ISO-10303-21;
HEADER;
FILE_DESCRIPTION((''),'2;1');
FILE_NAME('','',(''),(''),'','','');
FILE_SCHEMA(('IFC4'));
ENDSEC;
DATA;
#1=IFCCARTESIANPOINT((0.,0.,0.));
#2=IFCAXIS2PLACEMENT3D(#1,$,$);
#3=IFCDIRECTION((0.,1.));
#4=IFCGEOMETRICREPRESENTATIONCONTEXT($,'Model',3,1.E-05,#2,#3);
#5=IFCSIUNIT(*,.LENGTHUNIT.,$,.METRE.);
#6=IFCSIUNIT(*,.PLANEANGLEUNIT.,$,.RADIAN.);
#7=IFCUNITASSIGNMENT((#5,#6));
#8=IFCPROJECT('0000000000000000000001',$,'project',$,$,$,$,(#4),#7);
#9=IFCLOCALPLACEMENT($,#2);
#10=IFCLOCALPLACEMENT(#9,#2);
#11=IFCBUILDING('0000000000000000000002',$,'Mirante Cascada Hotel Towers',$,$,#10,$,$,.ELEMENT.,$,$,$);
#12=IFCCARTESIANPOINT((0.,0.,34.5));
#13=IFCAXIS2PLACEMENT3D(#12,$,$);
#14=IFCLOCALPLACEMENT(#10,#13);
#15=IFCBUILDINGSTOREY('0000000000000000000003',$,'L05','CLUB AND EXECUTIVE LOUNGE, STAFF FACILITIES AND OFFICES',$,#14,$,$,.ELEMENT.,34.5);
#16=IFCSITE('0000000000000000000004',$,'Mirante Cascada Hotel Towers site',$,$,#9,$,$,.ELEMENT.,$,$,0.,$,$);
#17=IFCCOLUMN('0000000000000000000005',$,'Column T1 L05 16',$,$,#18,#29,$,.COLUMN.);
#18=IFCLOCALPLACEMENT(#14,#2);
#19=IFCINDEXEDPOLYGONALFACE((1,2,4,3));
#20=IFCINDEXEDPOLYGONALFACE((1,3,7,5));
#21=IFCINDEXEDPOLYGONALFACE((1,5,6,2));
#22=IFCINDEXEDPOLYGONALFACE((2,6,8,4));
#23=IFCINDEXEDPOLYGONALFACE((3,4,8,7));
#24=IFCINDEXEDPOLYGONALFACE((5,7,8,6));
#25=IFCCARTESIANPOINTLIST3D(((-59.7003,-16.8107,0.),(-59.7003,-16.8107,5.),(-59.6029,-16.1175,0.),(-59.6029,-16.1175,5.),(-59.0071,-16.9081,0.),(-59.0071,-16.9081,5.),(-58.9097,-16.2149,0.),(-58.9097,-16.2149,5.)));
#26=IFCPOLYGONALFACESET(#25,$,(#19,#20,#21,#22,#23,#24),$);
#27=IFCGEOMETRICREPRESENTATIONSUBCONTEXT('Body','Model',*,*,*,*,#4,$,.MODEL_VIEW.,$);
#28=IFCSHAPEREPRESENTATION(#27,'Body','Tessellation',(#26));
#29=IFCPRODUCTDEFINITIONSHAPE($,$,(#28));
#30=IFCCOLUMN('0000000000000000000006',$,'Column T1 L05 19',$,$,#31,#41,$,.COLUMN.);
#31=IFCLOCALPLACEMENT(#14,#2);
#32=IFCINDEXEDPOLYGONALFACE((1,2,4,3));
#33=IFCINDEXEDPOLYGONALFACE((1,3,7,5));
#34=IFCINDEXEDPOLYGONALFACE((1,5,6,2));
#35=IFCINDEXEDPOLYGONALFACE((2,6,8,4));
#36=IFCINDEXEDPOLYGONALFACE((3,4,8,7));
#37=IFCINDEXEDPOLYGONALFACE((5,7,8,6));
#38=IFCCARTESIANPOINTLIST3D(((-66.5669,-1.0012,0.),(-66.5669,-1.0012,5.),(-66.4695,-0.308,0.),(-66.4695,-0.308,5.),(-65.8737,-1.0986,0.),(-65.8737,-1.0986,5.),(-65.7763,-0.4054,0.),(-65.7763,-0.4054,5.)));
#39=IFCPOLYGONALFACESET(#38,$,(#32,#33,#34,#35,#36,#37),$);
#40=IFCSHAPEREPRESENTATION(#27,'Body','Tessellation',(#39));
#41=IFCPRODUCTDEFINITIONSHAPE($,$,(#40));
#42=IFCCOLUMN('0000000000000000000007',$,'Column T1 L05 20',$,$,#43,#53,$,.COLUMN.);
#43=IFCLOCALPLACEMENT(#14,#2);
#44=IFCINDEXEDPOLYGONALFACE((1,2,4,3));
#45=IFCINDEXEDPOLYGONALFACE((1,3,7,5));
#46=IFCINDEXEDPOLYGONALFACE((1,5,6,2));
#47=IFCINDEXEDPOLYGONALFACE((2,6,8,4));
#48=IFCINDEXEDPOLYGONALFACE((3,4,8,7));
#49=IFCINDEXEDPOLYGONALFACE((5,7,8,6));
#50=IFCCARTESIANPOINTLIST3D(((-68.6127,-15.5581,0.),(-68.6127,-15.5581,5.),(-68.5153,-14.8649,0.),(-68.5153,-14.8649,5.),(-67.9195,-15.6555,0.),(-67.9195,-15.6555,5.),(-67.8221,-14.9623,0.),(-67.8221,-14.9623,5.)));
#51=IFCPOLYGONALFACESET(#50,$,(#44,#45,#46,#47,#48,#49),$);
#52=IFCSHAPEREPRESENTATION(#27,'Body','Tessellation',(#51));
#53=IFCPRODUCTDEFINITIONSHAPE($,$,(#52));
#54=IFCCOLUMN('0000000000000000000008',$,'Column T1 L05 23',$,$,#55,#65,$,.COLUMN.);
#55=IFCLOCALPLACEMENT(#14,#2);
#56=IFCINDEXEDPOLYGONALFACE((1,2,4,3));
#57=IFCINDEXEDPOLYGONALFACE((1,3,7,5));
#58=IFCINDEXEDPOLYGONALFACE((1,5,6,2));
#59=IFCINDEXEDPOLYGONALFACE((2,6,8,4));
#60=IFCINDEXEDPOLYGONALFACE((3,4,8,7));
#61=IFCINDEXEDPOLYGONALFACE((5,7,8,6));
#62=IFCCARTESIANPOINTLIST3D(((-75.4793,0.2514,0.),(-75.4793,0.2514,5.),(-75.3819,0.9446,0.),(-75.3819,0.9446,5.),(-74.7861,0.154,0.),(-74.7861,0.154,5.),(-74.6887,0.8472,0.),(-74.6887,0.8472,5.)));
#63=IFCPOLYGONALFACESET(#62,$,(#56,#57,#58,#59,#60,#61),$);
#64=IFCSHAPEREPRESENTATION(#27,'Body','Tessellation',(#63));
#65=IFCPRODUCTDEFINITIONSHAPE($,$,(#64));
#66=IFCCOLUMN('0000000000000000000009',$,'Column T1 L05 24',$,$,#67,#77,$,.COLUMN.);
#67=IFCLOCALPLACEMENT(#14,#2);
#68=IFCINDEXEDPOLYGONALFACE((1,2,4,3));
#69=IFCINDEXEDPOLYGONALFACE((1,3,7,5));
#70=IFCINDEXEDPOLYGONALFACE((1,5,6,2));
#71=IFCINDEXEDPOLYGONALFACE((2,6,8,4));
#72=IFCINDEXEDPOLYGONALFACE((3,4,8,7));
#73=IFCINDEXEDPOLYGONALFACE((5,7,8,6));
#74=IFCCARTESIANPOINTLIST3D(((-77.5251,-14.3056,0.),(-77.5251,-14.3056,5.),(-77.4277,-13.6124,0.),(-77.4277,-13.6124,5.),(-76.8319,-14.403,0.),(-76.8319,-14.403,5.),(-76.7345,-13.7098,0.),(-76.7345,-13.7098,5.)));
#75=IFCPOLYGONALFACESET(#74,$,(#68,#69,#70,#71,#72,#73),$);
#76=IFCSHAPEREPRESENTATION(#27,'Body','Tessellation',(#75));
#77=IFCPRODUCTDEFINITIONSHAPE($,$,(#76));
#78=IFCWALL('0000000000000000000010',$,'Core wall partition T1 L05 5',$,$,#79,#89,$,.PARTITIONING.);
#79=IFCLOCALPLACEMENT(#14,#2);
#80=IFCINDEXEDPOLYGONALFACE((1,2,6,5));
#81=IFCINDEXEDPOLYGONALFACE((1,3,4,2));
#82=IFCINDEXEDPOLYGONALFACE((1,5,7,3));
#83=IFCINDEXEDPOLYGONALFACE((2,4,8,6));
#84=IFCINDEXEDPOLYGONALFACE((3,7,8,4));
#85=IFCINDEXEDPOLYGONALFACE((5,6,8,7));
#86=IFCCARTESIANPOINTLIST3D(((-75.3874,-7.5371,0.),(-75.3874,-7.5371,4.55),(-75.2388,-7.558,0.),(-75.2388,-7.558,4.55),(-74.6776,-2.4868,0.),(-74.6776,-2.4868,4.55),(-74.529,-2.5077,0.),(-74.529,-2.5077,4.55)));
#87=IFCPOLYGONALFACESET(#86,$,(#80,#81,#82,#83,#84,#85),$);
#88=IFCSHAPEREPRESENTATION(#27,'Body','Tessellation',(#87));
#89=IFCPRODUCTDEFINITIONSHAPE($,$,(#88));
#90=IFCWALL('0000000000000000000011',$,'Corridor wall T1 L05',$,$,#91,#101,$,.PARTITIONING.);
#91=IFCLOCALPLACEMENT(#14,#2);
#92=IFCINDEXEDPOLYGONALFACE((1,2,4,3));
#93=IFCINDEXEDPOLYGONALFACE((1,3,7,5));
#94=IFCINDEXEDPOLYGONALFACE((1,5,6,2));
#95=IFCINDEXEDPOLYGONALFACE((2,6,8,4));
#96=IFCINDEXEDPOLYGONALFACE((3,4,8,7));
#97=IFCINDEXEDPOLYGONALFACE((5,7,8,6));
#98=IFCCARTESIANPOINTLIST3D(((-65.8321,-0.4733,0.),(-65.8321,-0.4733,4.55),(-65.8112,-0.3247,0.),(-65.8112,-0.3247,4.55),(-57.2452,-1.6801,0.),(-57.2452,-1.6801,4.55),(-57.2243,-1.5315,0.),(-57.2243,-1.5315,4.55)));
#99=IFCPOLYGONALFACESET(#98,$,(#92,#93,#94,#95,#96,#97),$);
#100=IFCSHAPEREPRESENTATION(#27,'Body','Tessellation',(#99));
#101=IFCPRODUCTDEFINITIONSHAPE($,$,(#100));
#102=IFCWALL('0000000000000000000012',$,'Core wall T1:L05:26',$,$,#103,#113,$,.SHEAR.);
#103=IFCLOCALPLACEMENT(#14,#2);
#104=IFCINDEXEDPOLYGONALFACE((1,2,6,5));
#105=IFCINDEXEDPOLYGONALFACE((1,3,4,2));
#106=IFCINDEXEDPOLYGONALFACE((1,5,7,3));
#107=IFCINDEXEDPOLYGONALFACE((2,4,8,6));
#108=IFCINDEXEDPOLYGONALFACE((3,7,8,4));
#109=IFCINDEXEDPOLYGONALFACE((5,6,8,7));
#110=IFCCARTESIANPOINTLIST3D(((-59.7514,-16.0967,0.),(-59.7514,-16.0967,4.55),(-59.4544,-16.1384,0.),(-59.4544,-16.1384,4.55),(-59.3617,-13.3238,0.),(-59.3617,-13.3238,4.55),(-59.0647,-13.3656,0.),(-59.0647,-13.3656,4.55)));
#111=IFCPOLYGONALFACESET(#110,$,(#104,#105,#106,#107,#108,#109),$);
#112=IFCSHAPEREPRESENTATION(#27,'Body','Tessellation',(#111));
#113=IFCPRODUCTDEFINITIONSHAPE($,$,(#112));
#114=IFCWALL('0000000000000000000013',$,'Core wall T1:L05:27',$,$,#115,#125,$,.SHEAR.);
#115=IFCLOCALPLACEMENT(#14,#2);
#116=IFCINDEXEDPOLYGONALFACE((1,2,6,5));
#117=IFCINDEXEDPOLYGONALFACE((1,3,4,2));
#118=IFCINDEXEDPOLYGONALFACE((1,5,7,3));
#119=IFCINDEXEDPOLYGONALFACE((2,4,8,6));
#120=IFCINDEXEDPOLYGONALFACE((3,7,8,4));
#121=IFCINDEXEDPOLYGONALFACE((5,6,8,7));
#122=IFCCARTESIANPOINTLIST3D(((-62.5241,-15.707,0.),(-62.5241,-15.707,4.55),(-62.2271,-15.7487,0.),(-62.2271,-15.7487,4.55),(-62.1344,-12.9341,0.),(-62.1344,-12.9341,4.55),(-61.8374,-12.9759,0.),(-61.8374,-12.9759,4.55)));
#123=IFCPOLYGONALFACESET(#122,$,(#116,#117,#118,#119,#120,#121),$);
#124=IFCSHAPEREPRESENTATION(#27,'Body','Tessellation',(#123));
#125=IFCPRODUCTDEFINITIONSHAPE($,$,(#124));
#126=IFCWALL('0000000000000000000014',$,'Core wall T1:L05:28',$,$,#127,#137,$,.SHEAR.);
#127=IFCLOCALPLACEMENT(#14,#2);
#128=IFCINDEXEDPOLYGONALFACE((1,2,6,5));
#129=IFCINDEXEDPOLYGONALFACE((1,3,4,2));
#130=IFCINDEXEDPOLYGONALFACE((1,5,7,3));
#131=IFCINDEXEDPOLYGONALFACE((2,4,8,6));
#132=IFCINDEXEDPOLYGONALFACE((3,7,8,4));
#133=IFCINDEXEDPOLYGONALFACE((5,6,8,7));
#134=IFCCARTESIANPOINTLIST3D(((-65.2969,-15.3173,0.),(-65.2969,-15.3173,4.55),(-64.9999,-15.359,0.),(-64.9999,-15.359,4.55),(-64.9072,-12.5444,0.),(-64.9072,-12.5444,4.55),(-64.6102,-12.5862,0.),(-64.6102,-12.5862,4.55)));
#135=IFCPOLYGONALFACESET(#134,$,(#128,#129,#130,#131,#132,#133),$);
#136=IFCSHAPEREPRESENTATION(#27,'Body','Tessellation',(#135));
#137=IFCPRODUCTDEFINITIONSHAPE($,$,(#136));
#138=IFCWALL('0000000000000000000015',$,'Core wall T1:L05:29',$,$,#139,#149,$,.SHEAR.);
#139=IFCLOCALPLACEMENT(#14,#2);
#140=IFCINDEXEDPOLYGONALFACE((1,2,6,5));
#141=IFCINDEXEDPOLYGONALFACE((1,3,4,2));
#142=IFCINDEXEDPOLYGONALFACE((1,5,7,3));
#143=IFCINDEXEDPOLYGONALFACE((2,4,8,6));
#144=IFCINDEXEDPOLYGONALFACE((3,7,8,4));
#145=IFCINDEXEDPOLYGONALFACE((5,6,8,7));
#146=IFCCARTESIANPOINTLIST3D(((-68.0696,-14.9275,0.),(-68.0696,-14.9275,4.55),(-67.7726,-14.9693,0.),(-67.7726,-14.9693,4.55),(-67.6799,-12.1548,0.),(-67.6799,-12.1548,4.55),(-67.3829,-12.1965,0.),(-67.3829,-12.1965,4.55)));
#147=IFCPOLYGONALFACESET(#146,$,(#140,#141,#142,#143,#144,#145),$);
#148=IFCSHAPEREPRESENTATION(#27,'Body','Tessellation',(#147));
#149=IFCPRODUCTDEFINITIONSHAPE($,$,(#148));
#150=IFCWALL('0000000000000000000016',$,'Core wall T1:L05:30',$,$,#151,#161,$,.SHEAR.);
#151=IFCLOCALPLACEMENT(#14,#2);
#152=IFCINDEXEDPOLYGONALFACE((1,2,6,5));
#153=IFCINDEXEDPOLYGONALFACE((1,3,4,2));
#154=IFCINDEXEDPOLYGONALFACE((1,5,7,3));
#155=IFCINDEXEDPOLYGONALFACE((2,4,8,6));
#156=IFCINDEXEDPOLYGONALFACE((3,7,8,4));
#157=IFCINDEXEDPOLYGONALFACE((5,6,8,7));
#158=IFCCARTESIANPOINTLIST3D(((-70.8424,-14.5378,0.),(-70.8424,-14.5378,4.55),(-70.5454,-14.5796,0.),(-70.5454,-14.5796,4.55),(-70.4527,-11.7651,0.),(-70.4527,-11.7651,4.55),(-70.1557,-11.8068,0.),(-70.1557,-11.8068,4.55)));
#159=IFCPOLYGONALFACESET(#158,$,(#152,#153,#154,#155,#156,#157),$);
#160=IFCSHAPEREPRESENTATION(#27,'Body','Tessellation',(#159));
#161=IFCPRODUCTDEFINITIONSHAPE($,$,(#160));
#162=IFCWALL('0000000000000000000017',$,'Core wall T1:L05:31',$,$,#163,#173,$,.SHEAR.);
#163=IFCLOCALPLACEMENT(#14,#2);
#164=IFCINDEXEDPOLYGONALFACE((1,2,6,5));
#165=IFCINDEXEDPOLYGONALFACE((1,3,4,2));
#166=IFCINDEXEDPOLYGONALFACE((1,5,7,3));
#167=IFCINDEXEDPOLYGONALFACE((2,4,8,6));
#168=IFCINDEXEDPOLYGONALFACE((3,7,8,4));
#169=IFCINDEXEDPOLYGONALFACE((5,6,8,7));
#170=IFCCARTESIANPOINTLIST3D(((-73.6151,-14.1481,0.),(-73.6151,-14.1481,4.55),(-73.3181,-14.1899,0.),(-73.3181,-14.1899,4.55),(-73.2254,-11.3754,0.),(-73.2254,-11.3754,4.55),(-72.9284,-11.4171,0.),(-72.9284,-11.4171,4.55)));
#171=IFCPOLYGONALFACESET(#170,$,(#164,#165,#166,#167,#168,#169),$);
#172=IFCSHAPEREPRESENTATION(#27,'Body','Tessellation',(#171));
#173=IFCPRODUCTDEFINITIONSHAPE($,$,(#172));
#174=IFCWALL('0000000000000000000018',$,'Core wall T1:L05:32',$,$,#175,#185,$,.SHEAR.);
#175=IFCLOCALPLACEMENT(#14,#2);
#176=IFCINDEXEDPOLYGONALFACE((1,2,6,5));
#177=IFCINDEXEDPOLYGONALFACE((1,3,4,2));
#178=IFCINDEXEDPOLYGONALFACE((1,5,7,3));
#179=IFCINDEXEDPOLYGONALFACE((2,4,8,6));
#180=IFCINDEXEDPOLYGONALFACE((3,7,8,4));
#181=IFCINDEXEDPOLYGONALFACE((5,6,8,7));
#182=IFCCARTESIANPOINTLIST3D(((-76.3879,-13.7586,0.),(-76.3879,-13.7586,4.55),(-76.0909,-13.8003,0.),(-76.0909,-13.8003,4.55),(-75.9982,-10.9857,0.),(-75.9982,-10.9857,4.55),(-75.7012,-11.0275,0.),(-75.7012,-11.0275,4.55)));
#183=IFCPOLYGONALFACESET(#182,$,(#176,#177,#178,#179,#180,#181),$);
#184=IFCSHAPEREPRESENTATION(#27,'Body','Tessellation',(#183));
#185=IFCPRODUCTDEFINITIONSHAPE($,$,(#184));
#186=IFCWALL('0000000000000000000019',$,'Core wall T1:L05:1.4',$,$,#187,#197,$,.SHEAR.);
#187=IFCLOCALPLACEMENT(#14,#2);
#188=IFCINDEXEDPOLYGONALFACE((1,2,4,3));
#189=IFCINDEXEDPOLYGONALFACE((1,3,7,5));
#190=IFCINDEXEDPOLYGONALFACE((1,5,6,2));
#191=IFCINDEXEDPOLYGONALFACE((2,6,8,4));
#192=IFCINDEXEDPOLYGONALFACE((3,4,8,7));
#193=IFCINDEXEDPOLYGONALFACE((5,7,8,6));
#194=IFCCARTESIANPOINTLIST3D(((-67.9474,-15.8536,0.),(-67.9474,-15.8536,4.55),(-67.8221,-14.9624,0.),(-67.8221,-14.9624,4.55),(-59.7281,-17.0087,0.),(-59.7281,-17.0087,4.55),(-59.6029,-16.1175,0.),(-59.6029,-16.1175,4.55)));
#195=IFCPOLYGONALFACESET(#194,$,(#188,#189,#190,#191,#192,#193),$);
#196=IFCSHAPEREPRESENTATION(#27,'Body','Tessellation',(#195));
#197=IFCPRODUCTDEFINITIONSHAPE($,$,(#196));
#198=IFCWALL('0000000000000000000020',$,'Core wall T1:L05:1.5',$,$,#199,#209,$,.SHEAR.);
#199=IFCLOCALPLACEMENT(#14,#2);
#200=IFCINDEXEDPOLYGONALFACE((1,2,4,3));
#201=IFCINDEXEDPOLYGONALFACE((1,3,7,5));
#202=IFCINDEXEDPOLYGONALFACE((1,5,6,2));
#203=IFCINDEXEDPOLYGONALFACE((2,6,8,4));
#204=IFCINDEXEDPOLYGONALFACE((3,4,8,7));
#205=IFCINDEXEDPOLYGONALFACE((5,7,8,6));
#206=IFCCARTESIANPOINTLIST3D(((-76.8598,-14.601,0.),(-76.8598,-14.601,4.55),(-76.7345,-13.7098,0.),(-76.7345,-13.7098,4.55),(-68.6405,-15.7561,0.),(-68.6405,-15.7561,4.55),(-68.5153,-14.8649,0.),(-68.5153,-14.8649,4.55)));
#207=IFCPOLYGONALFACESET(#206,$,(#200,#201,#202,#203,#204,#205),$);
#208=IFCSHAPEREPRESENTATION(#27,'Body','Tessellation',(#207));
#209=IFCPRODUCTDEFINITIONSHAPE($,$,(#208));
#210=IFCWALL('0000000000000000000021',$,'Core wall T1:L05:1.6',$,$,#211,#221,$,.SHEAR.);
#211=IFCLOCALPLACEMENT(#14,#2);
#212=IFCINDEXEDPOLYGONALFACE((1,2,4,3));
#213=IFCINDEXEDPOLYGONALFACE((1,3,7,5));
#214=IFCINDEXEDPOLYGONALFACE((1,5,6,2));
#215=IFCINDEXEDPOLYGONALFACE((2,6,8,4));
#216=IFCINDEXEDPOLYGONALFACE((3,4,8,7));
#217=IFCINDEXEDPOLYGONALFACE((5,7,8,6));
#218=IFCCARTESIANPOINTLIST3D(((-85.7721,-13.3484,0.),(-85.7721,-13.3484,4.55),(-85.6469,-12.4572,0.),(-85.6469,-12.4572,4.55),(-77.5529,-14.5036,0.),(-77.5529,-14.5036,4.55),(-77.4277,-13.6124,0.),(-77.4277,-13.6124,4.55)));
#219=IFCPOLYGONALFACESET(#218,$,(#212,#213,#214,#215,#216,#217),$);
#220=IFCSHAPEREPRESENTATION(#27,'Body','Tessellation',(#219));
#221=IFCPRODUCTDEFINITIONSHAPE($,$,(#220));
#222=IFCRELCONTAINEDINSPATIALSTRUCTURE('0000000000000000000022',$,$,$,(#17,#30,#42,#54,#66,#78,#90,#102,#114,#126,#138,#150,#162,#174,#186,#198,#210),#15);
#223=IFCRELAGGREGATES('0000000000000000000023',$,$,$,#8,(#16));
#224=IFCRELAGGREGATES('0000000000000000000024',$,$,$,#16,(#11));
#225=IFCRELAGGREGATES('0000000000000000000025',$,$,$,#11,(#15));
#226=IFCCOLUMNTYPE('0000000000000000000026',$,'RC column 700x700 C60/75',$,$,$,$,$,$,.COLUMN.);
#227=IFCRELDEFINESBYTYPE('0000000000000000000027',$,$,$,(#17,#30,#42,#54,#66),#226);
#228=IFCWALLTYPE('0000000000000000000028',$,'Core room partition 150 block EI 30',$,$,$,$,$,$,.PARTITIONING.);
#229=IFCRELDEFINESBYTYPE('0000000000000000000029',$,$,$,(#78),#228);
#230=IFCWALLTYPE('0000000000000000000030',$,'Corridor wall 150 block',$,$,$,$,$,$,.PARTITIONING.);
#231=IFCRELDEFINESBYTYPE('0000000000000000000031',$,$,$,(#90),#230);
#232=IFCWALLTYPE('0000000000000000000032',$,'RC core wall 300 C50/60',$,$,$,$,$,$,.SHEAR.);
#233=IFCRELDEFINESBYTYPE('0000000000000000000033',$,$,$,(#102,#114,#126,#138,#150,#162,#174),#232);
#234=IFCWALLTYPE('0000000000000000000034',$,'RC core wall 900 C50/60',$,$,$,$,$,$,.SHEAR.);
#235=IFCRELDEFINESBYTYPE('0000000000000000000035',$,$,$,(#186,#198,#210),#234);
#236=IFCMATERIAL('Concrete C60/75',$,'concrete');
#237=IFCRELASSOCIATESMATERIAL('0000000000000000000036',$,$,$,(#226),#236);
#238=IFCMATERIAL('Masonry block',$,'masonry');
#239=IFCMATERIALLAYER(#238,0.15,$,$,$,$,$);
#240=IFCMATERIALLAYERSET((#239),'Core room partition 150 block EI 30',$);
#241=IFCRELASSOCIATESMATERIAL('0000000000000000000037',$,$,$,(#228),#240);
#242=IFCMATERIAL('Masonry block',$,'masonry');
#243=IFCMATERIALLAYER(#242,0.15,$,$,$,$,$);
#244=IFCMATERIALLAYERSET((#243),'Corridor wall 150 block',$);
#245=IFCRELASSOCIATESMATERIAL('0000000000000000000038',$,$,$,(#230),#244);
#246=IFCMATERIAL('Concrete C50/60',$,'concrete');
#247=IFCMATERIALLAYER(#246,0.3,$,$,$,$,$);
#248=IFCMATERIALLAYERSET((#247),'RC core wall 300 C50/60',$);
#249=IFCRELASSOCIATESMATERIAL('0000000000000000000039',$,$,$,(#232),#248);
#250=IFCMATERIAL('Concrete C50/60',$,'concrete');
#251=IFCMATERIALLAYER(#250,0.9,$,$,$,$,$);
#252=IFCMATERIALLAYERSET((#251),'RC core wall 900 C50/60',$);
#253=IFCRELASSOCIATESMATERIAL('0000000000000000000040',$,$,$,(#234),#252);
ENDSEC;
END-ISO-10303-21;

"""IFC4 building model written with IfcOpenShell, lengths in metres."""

from ifc_helpers import new_model, si_unit, direction, frame, frame_2d, origin, origin_2d, place, context, subcontext, project, spatial, rectangle, extrude, material, layer, layer_set, material_profile, profile_set, type_object, element, save


model = new_model("IFC4")

# Units and contexts
model_context = context("Model", 3, precision=1e-05, world=origin(), true_north=direction((0.0, 1.0)))
body_context = subcontext(model_context, "Body", "Model", "MODEL_VIEW")
ifc_project = project(units=[si_unit("LENGTHUNIT", "METRE"), si_unit("PLANEANGLEUNIT", "RADIAN")], contexts=[model_context])

# Site, building, storey
site_placement = place(None, origin())
site = spatial("IfcSite", under=ifc_project, at=site_placement, Name="Mirante Cascada Hotel Towers site", CompositionType="ELEMENT", RefElevation=0.0)
building_placement = place(site_placement, origin())
building = spatial("IfcBuilding", under=site, at=building_placement, Name="Mirante Cascada Hotel Towers", CompositionType="ELEMENT")
storey_placement = place(building_placement, frame((0.0, 0.0, 34.5)))
storey = spatial("IfcBuildingStorey", under=building, at=storey_placement, Name="L05", Description="CLUB AND EXECUTIVE LOUNGE, STAFF FACILITIES AND OFFICES", CompositionType="ELEMENT", Elevation=34.5)

# Columns
ifc_material_1 = material(Name="Concrete C60/75", Category="concrete")
ifc_material_profile = material_profile(ifc_material_1, rectangle(XDim=0.7, YDim=0.7, at=origin_2d()), Name="RC column 700x700 C60/75")
ifc_profile_set = profile_set([ifc_material_profile], Name="Concrete C60/75")
column_type = type_object("IfcColumnType", Name="RC column 700x700 C60/75", PredefinedType="COLUMN", material=ifc_profile_set)
for number, where, z_axis, x_axis, name in (
    (1, (-59.305, -16.5128, 0.0), (0.0, 0.0, 1.0), (-0.990268, 0.139173, 0.0), "Column T1 L05 16"),
    (2, (-66.1716, -0.7033, 0.0), (0.0, 0.0, 1.0), (-0.990268, 0.139173, 0.0), "Column T1 L05 19"),
    (3, (-68.2174, -15.2602, 0.0), (0.0, 0.0, 1.0), (-0.990268, 0.139173, 0.0), "Column T1 L05 20"),
    (4, (-75.084, 0.5493, 0.0), (0.0, 0.0, 1.0), (-0.990268, 0.139173, 0.0), "Column T1 L05 23"),
    (5, (-77.1298, -14.0077, 0.0), (0.0, 0.0, 1.0), (-0.990268, 0.139173, 0.0), "Column T1 L05 24"),
):
    element("IfcColumn", number, at=place(storey_placement, frame(where, z_axis=z_axis, x_axis=x_axis)), inside=storey, type_object=column_type, Name=name, PredefinedType="COLUMN", context=body_context, shape_type="SweptSolid", body=[
        extrude(rectangle(XDim=0.7, YDim=0.7, at=origin_2d()), origin(), (0.0, 0.0, 1.0), 5.0),
    ])

# Walls
ifc_material_2 = material(Name="Masonry block", Category="masonry")
ifc_layer_1 = layer(ifc_material_2, 0.15)
ifc_layer_set_1 = layer_set([ifc_layer_1], Name="Core room partition 150 block EI 30")
wall_type_1 = type_object("IfcWallType", Name="Core room partition 150 block EI 30", PredefinedType="PARTITIONING", material=ifc_layer_set_1)
wall_1_placement = place(storey_placement, frame((-75.3131, -7.5476, 0.0), z_axis=(0.0, 0.0, 1.0), x_axis=(0.139178, 0.990267, 0.0)))
element("IfcWall", 6, at=wall_1_placement, inside=storey, type_object=wall_type_1, Name="Core wall partition T1 L05 5", PredefinedType="PARTITIONING", context=body_context, shape_type="SweptSolid", body=[
    extrude(rectangle(XDim=5.0999, YDim=0.15, at=frame_2d((2.55, 0.0))), origin(), (0.0, 0.0, 1.0), 4.55),
])
ifc_material_3 = material(Name="Masonry block", Category="masonry")
ifc_layer_2 = layer(ifc_material_3, 0.15)
ifc_layer_set_2 = layer_set([ifc_layer_2], Name="Corridor wall 150 block")
wall_type_2 = type_object("IfcWallType", Name="Corridor wall 150 block", PredefinedType="PARTITIONING", material=ifc_layer_set_2)
wall_2_placement = place(storey_placement, frame((-65.8216, -0.399, 0.0), z_axis=(0.0, 0.0, 1.0), x_axis=(0.990268, -0.139172, 0.0)))
element("IfcWall", 7, at=wall_2_placement, inside=storey, type_object=wall_type_2, Name="Corridor wall T1 L05", PredefinedType="PARTITIONING", context=body_context, shape_type="SweptSolid", body=[
    extrude(rectangle(XDim=8.6713, YDim=0.15, at=frame_2d((4.3356, 0.0))), origin(), (0.0, 0.0, 1.0), 4.55),
])
ifc_material_4 = material(Name="Concrete C50/60", Category="concrete")
ifc_layer_3 = layer(ifc_material_4, 0.3)
ifc_layer_set_3 = layer_set([ifc_layer_3], Name="RC core wall 300 C50/60")
wall_type_3 = type_object("IfcWallType", Name="RC core wall 300 C50/60", PredefinedType="SHEAR", material=ifc_layer_set_3)
for number, where, z_axis, x_axis, name in (
    (8, (-59.6029, -16.1175, 0.0), (0.0, 0.0, 1.0), (0.139176, 0.990268, 0.0), "Core wall T1:L05:26"),
    (9, (-62.3756, -15.7278, 0.0), (0.0, 0.0, 1.0), (0.139176, 0.990268, 0.0), "Core wall T1:L05:27"),
    (10, (-65.1484, -15.3381, 0.0), (0.0, 0.0, 1.0), (0.139176, 0.990268, 0.0), "Core wall T1:L05:28"),
):
    element("IfcWall", number, at=place(storey_placement, frame(where, z_axis=z_axis, x_axis=x_axis)), inside=storey, type_object=wall_type_3, Name=name, PredefinedType="SHEAR", context=body_context, shape_type="SweptSolid", body=[
        extrude(rectangle(XDim=2.8001, YDim=0.3, at=frame_2d((1.4, 0.0))), origin(), (0.0, 0.0, 1.0), 4.55),
    ])
for number, where, z_axis, x_axis, name in (
    (11, (-67.9211, -14.9484, 0.0), (0.0, 0.0, 1.0), (0.139181, 0.990267, 0.0), "Core wall T1:L05:29"),
    (12, (-70.6939, -14.5587, 0.0), (0.0, 0.0, 1.0), (0.139181, 0.990267, 0.0), "Core wall T1:L05:30"),
    (13, (-73.4666, -14.169, 0.0), (0.0, 0.0, 1.0), (0.139181, 0.990267, 0.0), "Core wall T1:L05:31"),
):
    element("IfcWall", number, at=place(storey_placement, frame(where, z_axis=z_axis, x_axis=x_axis)), inside=storey, type_object=wall_type_3, Name=name, PredefinedType="SHEAR", context=body_context, shape_type="SweptSolid", body=[
        extrude(rectangle(XDim=2.8, YDim=0.3, at=frame_2d((1.4, 0.0))), origin(), (0.0, 0.0, 1.0), 4.55),
    ])
wall_3_placement = place(storey_placement, frame((-76.2394, -13.7794, 0.0), z_axis=(0.0, 0.0, 1.0), x_axis=(0.139176, 0.990268, 0.0)))
element("IfcWall", 14, at=wall_3_placement, inside=storey, type_object=wall_type_3, Name="Core wall T1:L05:32", PredefinedType="SHEAR", context=body_context, shape_type="SweptSolid", body=[
    extrude(rectangle(XDim=2.8001, YDim=0.3, at=frame_2d((1.4, 0.0))), origin(), (0.0, 0.0, 1.0), 4.55),
])
ifc_material_5 = material(Name="Concrete C50/60", Category="concrete")
ifc_layer_4 = layer(ifc_material_5, 0.9)
ifc_layer_set_4 = layer_set([ifc_layer_4], Name="RC core wall 900 C50/60")
wall_type_4 = type_object("IfcWallType", Name="RC core wall 900 C50/60", PredefinedType="SHEAR", material=ifc_layer_set_4)
for number, where, z_axis, x_axis, name in (
    (15, (-59.6655, -16.5631, 0.0), (0.0, 0.0, 1.0), (-0.990269, 0.139169, 0.0), "Core wall T1:L05:1.4"),
    (16, (-68.5779, -15.3105, 0.0), (0.0, 0.0, 1.0), (-0.990269, 0.139169, 0.0), "Core wall T1:L05:1.5"),
    (17, (-77.4903, -14.058, 0.0), (0.0, 0.0, 1.0), (-0.990267, 0.139181, 0.0), "Core wall T1:L05:1.6"),
):
    element("IfcWall", number, at=place(storey_placement, frame(where, z_axis=z_axis, x_axis=x_axis)), inside=storey, type_object=wall_type_4, Name=name, PredefinedType="SHEAR", context=body_context, shape_type="SweptSolid", body=[
        extrude(rectangle(XDim=8.3, YDim=0.9, at=frame_2d((4.15, 0.0))), origin(), (0.0, 0.0, 1.0), 4.55),
    ])

save(model, "model.ifc")
